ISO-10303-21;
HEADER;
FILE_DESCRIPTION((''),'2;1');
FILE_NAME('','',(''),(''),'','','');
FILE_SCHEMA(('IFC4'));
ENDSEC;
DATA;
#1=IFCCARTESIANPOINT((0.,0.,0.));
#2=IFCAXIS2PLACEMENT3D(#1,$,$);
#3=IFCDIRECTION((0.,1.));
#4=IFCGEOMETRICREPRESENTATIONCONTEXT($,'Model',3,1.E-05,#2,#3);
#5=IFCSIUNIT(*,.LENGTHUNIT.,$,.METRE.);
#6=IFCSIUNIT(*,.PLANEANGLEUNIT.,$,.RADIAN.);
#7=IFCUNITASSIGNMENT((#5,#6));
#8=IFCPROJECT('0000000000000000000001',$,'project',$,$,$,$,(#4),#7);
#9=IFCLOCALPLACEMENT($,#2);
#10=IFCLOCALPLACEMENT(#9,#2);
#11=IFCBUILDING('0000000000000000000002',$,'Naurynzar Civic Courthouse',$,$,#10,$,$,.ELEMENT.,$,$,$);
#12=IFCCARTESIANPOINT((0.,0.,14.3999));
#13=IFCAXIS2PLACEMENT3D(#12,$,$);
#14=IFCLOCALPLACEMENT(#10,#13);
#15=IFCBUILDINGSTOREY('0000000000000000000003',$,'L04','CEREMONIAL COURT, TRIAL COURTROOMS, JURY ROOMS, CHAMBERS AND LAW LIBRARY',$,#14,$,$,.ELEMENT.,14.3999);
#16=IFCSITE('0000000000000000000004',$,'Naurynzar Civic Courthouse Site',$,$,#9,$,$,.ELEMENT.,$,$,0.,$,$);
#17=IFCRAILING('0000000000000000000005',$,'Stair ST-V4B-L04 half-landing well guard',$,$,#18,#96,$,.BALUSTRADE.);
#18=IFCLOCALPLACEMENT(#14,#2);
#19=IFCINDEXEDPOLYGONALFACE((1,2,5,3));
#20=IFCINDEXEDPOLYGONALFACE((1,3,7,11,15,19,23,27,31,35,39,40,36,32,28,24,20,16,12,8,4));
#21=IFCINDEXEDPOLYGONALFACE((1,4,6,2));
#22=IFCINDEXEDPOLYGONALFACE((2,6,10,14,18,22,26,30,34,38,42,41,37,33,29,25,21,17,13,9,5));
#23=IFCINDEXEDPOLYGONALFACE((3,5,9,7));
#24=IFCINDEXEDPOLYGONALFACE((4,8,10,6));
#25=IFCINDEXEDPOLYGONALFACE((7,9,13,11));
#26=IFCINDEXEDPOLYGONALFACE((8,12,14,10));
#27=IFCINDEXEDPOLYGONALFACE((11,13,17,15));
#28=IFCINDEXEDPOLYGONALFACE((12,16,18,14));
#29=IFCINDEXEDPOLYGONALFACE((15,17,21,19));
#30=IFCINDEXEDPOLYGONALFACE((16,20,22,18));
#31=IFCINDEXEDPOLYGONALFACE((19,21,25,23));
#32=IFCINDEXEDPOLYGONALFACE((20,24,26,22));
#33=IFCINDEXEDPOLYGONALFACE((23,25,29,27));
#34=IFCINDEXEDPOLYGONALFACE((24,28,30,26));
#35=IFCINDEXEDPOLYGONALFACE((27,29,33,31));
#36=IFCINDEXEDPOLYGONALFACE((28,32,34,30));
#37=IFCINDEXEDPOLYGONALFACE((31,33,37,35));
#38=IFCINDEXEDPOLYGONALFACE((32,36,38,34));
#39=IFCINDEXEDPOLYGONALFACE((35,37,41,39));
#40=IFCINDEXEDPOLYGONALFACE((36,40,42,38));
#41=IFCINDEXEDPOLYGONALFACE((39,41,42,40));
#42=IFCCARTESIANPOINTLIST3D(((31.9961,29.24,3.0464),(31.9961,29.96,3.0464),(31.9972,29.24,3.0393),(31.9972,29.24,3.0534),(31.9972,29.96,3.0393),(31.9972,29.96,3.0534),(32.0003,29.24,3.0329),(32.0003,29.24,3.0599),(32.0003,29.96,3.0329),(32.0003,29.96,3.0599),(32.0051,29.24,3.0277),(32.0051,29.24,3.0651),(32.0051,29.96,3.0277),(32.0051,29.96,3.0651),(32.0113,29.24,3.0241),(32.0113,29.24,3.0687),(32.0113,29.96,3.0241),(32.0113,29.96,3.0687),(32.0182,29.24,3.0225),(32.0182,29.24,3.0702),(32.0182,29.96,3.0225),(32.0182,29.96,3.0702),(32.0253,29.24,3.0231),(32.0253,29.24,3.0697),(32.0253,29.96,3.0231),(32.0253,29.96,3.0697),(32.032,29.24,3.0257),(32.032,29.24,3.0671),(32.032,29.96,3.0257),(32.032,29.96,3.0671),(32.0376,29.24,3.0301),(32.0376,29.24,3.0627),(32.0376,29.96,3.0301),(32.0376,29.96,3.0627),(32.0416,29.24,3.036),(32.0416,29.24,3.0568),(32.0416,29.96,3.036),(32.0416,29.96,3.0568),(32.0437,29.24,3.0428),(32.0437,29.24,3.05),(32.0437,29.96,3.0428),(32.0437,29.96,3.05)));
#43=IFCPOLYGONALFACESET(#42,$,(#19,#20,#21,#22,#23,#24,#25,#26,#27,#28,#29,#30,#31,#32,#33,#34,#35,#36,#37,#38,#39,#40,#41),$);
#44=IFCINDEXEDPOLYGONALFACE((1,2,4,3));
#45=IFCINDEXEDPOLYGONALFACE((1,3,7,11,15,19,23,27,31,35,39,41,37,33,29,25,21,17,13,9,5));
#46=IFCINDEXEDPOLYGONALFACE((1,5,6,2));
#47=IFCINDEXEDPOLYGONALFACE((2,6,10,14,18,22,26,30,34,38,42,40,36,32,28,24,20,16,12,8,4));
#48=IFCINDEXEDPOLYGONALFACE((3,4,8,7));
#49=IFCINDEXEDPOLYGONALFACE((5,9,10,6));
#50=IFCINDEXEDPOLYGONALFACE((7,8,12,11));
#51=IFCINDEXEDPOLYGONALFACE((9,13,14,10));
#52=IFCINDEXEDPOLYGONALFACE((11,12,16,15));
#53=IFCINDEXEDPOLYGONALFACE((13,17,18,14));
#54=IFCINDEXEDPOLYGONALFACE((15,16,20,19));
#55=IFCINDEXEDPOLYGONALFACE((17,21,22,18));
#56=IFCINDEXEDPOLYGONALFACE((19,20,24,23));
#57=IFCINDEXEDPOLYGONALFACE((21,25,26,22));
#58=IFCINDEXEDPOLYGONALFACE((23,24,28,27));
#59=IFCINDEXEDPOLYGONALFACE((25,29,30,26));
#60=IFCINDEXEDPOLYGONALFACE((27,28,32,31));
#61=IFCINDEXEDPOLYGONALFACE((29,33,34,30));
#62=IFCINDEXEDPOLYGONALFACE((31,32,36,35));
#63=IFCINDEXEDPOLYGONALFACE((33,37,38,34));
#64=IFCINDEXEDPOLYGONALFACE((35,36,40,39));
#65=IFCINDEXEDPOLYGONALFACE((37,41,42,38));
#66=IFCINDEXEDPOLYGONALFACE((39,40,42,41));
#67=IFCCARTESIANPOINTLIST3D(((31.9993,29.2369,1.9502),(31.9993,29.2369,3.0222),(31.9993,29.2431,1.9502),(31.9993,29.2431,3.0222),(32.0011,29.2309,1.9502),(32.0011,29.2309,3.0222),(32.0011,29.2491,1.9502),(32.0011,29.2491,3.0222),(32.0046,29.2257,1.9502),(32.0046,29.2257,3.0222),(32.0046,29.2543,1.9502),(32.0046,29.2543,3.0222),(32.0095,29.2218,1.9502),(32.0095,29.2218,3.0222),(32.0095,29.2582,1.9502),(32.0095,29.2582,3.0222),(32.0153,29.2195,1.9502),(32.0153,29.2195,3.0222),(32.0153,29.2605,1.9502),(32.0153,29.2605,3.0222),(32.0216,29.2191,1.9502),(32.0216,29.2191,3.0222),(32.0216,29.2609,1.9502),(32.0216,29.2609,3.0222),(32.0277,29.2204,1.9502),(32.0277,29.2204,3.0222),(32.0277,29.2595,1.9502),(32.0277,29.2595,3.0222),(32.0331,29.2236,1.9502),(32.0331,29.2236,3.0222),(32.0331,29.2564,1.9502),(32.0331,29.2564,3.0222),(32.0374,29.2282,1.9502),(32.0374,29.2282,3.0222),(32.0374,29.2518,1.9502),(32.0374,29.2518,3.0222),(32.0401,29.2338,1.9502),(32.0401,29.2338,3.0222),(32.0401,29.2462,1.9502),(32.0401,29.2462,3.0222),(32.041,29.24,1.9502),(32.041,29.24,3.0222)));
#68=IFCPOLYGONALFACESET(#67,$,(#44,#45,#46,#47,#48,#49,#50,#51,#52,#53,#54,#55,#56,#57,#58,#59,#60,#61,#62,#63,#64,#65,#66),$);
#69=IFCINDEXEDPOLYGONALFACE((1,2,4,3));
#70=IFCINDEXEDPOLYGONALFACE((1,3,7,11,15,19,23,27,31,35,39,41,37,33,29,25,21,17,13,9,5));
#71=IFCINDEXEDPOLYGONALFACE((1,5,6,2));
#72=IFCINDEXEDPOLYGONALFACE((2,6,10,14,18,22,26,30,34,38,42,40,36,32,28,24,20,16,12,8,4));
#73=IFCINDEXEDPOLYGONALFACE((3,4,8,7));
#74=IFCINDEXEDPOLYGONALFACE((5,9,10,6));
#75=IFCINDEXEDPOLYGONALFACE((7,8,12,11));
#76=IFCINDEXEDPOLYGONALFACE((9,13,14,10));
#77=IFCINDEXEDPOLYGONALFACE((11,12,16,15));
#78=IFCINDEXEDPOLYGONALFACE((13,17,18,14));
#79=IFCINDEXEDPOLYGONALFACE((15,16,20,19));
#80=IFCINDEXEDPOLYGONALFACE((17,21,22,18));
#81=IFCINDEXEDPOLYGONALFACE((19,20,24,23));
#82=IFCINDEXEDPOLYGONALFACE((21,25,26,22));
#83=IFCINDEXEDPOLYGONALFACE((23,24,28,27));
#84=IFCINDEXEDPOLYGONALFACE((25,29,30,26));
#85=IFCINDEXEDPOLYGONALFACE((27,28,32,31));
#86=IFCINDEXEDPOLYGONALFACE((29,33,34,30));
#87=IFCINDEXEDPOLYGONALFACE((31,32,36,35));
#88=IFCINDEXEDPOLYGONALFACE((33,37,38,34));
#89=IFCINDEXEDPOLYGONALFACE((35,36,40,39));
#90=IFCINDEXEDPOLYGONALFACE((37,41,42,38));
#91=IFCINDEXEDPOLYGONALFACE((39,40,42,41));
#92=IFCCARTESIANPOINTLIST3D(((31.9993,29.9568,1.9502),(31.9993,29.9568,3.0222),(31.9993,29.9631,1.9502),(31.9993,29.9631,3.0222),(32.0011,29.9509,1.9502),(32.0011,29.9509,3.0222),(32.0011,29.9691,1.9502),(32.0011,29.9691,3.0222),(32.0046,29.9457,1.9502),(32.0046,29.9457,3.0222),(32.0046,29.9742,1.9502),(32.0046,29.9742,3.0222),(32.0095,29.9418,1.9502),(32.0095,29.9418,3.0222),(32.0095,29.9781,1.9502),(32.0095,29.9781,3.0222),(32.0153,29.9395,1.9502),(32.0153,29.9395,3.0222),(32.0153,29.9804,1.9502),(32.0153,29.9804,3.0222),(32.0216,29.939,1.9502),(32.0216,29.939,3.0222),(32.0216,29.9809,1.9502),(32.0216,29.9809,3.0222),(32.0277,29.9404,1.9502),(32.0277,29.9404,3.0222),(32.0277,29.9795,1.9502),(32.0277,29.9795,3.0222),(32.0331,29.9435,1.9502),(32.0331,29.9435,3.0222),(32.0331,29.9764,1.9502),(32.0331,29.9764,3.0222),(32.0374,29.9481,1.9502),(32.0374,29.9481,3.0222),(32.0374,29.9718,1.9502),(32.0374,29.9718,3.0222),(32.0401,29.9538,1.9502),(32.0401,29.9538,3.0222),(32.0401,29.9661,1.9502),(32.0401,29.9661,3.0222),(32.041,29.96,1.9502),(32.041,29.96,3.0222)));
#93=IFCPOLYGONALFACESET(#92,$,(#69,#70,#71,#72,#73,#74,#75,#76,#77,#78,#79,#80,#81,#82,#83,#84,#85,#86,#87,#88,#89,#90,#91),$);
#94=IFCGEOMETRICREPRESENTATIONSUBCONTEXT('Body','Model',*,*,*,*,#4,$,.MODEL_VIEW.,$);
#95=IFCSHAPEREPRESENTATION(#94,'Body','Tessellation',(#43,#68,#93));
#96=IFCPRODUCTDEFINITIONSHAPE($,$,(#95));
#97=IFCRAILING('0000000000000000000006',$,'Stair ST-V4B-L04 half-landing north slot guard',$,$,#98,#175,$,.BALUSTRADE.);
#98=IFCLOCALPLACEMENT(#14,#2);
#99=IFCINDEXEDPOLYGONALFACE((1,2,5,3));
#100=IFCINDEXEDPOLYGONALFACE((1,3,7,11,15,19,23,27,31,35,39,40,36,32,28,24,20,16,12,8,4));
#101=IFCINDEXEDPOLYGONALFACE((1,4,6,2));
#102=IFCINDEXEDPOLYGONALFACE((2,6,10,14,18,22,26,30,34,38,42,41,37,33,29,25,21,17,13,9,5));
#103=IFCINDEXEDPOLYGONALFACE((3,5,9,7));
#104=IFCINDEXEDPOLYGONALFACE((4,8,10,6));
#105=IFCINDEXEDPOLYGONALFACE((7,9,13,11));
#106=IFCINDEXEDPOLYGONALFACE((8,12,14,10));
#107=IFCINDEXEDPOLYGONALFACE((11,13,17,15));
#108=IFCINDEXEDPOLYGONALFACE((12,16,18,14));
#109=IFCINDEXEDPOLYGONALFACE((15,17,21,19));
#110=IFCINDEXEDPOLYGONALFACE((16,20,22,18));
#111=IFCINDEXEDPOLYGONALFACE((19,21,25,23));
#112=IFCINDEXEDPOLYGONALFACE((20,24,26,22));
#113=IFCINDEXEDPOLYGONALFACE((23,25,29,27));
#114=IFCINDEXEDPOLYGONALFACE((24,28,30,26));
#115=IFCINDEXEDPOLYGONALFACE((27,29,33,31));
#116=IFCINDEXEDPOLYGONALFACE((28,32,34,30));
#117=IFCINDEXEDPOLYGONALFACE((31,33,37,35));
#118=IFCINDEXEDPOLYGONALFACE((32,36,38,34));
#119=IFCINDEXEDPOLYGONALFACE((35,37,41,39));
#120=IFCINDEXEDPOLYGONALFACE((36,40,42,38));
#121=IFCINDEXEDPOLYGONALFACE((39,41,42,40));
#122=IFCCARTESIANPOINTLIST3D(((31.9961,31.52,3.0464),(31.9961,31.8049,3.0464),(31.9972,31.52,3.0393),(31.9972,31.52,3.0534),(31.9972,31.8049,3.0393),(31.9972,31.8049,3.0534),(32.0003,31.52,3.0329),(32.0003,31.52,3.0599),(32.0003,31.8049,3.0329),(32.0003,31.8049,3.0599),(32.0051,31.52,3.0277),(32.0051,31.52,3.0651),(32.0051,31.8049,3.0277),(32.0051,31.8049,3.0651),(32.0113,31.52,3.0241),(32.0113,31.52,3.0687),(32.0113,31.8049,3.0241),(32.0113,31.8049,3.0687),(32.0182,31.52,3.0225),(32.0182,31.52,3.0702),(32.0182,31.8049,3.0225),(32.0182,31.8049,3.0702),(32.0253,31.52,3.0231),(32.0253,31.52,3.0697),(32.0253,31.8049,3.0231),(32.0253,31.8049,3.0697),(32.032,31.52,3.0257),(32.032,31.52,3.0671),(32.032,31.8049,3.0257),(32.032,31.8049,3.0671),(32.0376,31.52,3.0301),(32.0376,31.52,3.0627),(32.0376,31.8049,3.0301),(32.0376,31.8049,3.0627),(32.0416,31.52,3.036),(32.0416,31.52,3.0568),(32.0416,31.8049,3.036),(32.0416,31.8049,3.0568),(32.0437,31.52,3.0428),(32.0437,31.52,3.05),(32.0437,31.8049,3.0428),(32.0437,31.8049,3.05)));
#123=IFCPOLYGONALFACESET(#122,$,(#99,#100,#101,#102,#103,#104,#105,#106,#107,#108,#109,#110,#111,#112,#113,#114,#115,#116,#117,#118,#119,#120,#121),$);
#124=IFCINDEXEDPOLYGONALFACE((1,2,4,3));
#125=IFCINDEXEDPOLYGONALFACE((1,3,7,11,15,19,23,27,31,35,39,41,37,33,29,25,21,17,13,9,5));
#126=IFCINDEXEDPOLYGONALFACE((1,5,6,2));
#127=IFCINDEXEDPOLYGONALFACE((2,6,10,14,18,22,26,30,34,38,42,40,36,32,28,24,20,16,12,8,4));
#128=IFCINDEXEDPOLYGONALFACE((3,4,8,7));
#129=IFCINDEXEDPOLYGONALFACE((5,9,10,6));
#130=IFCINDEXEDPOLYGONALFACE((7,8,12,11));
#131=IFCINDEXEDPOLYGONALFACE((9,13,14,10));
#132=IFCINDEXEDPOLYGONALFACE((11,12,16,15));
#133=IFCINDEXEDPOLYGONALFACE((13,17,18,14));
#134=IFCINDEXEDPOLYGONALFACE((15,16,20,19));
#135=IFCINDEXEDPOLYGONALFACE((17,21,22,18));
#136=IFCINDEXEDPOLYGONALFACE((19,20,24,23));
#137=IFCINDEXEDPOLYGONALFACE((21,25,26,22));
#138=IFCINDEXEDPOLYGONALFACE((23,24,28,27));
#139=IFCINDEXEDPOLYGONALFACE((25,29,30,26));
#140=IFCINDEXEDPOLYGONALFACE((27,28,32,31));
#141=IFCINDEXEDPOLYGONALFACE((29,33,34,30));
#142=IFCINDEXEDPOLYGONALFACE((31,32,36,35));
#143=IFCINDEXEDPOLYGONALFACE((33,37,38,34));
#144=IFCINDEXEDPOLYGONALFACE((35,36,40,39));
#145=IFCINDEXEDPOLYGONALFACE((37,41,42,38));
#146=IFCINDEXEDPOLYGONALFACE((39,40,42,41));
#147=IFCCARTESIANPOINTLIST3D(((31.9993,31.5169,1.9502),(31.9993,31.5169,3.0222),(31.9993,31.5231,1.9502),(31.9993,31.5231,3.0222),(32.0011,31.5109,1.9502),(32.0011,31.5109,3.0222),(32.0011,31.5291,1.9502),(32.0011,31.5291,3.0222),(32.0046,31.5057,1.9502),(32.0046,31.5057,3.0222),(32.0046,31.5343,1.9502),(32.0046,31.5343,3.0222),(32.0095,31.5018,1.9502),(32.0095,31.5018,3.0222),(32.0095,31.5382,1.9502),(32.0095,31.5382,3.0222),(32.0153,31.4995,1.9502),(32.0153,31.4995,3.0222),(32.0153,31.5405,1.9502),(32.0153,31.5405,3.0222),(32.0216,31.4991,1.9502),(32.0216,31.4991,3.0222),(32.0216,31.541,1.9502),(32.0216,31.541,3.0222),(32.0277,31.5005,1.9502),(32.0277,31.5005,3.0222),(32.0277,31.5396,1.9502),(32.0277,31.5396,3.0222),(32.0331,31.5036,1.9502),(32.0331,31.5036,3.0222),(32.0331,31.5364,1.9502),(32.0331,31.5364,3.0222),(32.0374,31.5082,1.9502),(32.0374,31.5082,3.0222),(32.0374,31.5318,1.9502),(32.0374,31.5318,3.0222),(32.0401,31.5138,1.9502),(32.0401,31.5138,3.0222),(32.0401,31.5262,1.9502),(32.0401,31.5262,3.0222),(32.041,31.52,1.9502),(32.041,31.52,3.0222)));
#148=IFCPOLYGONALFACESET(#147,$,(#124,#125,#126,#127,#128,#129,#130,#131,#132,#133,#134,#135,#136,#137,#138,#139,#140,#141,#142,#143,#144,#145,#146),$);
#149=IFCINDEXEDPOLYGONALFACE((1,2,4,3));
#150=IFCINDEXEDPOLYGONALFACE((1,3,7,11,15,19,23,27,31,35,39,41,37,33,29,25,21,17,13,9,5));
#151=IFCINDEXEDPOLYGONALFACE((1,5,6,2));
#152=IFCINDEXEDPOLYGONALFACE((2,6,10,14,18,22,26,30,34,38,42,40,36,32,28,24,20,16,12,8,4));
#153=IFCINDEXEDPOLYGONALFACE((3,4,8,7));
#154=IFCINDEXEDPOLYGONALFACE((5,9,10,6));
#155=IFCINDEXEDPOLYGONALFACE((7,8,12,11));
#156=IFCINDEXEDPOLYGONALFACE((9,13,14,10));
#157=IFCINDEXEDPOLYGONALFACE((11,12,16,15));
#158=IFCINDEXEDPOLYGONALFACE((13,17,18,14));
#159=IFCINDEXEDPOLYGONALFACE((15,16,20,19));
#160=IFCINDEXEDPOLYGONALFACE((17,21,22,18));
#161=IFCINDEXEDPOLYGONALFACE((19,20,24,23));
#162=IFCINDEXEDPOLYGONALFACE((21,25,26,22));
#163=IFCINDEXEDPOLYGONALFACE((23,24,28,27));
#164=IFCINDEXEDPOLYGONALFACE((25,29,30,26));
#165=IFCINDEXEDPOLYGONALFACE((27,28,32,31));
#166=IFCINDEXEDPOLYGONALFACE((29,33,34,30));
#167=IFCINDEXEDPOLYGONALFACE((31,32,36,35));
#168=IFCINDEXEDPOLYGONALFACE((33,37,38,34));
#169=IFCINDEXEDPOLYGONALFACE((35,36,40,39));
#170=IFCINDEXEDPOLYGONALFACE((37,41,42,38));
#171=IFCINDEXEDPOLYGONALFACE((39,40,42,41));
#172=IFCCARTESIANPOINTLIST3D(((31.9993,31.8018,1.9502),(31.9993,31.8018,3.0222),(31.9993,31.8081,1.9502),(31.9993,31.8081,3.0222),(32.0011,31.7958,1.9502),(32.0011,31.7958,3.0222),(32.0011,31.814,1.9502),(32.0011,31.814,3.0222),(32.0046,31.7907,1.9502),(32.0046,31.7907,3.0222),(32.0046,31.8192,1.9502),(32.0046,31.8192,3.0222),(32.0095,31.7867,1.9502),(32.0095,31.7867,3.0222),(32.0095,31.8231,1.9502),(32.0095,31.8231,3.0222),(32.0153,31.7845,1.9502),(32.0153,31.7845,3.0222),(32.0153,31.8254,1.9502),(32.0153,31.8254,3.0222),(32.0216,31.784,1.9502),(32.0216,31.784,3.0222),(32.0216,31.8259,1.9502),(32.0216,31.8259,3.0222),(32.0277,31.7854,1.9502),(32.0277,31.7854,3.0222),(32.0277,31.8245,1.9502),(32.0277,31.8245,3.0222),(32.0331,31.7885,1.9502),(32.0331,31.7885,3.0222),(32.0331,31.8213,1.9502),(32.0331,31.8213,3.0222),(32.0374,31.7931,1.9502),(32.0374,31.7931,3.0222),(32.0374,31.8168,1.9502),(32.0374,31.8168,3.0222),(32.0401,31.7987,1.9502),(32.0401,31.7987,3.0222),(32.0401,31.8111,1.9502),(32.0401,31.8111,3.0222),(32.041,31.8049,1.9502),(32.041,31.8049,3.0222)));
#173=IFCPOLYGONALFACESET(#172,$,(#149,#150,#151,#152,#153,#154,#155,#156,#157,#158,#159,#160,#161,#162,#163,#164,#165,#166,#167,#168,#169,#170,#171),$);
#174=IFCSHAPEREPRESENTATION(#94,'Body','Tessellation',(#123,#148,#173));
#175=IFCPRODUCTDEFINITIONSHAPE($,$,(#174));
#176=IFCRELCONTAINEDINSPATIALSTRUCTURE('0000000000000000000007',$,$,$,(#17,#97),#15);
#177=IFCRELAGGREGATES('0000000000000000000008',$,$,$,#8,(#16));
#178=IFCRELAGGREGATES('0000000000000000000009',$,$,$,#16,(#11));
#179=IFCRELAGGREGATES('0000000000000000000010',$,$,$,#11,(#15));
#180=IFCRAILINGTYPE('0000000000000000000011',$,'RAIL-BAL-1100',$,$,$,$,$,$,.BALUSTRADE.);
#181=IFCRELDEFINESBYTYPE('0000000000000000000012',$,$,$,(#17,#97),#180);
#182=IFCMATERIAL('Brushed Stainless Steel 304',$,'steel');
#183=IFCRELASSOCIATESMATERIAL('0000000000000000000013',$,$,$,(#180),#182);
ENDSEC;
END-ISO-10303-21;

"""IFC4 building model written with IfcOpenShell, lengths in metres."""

from ifc_helpers import new_model, si_unit, direction, frame, origin, origin_2d, place, context, subcontext, project, spatial, circle, extrude, material, type_object, element, save


model = new_model("IFC4")

# Units and contexts
model_context = context("Model", 3, precision=1e-05, world=origin(), true_north=direction((0.0, 1.0)))
body_context = subcontext(model_context, "Body", "Model", "MODEL_VIEW")
ifc_project = project(units=[si_unit("LENGTHUNIT", "METRE"), si_unit("PLANEANGLEUNIT", "RADIAN")], contexts=[model_context])

# Site, building, storey
site_placement = place(None, origin())
site = spatial("IfcSite", under=ifc_project, at=site_placement, Name="Naurynzar Civic Courthouse Site", CompositionType="ELEMENT", RefElevation=0.0)
building_placement = place(site_placement, origin())
building = spatial("IfcBuilding", under=site, at=building_placement, Name="Naurynzar Civic Courthouse", CompositionType="ELEMENT")
storey_placement = place(building_placement, frame((0.0, 0.0, 14.3999)))
storey = spatial("IfcBuildingStorey", under=building, at=storey_placement, Name="L04", Description="CEREMONIAL COURT, TRIAL COURTROOMS, JURY ROOMS, CHAMBERS AND LAW LIBRARY", CompositionType="ELEMENT", Elevation=14.3999)

# Railings
ifc_material_1 = material(Name="Brushed Stainless Steel 304", Category="steel")
railing_type_1 = type_object("IfcRailingType", Name="RAIL-BAL-1100", PredefinedType="BALUSTRADE", material=ifc_material_1)
for number, where, name in (
    (1, (32.02, 29.24, 1.9502), "Stair ST-V4B-L04 half-landing well guard"),
):
    element("IfcRailing", number, at=place(storey_placement, frame(where)), inside=storey, type_object=railing_type_1, Name=name, PredefinedType="BALUSTRADE", context=body_context, shape_type="SweptSolid", body=[
        extrude(circle(Radius=0.0239, at=origin_2d()), frame((0.0, 0.0, 1.0962), z_axis=(0.0, 1.0, 0.0), x_axis=(-1.0, 0.0, 0.0)), (0.0, 0.0, 1.0), 0.72),
        extrude(circle(Radius=0.021, at=origin_2d()), origin(), (0.0, 0.0, 1.0), 1.072),
        extrude(circle(Radius=0.021, at=origin_2d()), frame((0.0, 0.72, 0.0)), (0.0, 0.0, 1.0), 1.072),
    ])
railing_1_placement = place(storey_placement, frame((32.02, 31.52, 1.9502)))
element("IfcRailing", 2, at=railing_1_placement, inside=storey, type_object=railing_type_1, Name="Stair ST-V4B-L04 half-landing north slot guard", PredefinedType="BALUSTRADE", context=body_context, shape_type="SweptSolid", body=[
    extrude(circle(Radius=0.0239, at=origin_2d()), frame((0.0, 0.0, 1.0962), z_axis=(0.0, 1.0, 0.0), x_axis=(-1.0, 0.0, 0.0)), (0.0, 0.0, 1.0), 0.2849),
    extrude(circle(Radius=0.021, at=origin_2d()), origin(), (0.0, 0.0, 1.0), 1.072),
    extrude(circle(Radius=0.021, at=origin_2d()), frame((0.0, 0.2849, 0.0)), (0.0, 0.0, 1.0), 1.072),
])

save(model, "model.ifc")
